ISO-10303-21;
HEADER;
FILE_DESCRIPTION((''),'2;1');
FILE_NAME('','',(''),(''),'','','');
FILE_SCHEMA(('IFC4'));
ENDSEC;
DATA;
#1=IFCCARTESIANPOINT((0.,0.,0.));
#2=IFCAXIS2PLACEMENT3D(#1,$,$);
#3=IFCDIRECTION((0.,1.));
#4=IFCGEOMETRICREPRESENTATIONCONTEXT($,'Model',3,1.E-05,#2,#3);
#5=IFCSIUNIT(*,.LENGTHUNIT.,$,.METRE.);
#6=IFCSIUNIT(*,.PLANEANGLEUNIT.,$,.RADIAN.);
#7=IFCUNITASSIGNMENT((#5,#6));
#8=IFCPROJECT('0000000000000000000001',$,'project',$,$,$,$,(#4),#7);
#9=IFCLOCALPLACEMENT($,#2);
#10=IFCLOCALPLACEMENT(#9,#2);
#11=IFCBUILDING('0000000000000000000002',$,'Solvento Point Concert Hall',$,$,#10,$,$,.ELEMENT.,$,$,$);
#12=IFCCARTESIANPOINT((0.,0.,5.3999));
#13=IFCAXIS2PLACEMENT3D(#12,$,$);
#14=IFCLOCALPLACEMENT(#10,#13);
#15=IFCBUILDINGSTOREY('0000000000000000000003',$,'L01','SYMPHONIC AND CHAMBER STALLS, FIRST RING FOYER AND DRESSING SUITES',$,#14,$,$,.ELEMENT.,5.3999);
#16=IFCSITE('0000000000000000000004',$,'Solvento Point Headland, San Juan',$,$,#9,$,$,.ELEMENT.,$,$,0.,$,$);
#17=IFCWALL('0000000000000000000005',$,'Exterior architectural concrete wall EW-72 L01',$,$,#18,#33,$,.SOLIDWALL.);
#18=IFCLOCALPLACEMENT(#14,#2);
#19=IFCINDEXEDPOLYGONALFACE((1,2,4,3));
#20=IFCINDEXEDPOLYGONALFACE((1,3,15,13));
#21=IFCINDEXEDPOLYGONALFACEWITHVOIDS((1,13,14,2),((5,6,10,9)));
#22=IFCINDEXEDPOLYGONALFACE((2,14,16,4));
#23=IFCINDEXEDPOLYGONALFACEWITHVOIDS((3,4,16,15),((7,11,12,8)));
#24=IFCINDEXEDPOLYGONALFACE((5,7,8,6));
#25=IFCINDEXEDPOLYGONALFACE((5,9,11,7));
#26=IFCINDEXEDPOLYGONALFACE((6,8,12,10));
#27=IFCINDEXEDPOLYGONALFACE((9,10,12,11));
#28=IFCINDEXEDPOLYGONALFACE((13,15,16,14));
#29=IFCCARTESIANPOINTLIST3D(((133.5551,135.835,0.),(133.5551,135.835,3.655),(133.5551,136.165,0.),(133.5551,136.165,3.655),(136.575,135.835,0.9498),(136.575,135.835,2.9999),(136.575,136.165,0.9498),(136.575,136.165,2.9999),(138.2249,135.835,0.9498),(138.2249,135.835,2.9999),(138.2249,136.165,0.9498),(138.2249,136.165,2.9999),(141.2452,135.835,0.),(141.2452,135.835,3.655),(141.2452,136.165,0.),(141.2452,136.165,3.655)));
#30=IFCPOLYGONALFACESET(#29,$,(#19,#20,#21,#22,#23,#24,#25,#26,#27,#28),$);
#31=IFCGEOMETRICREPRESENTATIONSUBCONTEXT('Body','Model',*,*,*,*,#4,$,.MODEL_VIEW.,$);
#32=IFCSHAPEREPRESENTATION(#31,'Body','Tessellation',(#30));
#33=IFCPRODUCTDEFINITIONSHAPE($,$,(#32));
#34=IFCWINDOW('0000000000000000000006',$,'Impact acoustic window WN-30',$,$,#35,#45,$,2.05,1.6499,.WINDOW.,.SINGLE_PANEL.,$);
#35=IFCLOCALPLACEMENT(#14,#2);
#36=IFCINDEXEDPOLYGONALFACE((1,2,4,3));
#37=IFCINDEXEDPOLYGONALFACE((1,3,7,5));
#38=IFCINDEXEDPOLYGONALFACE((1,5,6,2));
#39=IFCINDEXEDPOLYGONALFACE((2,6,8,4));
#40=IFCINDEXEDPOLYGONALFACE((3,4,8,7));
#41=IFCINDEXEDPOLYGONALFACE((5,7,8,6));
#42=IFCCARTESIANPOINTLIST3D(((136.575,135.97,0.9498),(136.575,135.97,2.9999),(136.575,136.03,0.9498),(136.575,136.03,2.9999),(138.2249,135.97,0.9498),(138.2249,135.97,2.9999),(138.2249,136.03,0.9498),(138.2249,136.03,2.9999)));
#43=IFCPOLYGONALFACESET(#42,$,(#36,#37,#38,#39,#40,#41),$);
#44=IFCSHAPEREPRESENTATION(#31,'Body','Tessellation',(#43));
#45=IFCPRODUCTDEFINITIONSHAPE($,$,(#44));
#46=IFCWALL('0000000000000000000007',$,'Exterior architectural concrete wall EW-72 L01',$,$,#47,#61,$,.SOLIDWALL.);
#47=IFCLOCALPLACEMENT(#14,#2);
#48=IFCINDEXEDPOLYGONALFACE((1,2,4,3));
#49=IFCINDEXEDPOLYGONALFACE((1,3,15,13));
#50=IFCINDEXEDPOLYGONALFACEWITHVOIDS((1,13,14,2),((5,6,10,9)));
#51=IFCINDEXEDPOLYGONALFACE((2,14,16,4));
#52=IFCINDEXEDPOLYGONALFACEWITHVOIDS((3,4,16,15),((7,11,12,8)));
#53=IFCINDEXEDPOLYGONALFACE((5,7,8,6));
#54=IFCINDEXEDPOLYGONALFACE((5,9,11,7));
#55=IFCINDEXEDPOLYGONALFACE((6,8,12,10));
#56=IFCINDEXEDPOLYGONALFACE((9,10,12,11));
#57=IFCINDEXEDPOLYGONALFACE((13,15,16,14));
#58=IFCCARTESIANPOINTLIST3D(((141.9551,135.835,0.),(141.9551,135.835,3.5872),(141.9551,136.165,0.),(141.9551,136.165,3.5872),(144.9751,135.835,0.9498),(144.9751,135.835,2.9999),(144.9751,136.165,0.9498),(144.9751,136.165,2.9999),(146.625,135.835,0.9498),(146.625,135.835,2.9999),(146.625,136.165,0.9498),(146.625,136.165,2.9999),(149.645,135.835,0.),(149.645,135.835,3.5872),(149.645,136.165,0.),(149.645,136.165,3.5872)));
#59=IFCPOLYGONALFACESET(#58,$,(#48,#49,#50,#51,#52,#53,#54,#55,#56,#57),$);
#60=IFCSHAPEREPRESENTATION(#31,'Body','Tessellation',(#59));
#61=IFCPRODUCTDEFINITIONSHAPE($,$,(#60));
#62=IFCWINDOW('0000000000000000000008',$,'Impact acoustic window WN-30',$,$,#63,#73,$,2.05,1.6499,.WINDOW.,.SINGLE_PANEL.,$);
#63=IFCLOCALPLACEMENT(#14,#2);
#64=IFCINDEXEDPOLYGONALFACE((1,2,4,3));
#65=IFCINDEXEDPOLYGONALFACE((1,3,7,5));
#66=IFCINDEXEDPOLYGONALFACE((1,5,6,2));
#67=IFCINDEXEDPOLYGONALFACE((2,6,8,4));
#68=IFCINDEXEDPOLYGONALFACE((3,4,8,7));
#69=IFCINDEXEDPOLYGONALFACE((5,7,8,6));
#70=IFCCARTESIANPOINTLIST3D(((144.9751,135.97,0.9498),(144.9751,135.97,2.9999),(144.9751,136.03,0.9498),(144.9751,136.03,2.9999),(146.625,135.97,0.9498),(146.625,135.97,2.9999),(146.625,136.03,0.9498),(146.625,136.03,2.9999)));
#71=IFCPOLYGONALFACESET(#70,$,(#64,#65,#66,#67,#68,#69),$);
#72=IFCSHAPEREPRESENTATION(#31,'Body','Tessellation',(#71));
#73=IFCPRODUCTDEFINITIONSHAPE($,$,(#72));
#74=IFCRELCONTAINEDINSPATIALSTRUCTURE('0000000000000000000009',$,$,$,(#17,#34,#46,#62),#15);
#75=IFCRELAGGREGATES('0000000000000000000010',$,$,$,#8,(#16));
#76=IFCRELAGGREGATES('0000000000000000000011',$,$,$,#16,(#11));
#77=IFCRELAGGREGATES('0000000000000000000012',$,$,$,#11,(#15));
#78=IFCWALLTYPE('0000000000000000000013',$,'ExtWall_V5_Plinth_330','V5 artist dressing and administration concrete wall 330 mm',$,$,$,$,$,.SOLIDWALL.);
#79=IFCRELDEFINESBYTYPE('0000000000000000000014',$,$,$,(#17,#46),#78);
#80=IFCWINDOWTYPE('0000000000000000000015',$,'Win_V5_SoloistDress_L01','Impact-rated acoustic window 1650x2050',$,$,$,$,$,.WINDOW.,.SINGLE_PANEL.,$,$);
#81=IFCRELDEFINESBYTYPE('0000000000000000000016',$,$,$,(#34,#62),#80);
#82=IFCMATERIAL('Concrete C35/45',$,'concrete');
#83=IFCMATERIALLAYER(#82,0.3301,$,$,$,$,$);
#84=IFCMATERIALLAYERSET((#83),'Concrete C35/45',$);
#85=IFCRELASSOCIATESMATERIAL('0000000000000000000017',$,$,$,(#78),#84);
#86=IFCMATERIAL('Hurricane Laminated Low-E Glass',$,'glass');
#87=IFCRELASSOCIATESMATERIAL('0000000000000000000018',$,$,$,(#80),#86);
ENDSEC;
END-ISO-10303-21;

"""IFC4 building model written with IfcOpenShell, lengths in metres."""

from ifc_helpers import new_model, si_unit, direction, frame, frame_2d, origin, place, context, subcontext, project, spatial, rectangle, extrude, material, layer, layer_set, type_object, element, fill, save


model = new_model("IFC4")

# Units and contexts
model_context = context("Model", 3, precision=1e-05, world=origin(), true_north=direction((0.0, 1.0)))
body_context = subcontext(model_context, "Body", "Model", "MODEL_VIEW")
ifc_project = project(units=[si_unit("LENGTHUNIT", "METRE"), si_unit("PLANEANGLEUNIT", "RADIAN")], contexts=[model_context])

# Site, building, storey
site_placement = place(None, origin())
site = spatial("IfcSite", under=ifc_project, at=site_placement, Name="Solvento Point Headland, San Juan", CompositionType="ELEMENT", RefElevation=0.0)
building_placement = place(site_placement, origin())
building = spatial("IfcBuilding", under=site, at=building_placement, Name="Solvento Point Concert Hall", CompositionType="ELEMENT")
storey_placement = place(building_placement, frame((0.0, 0.0, 5.3999)))
storey = spatial("IfcBuildingStorey", under=building, at=storey_placement, Name="L01", Description="SYMPHONIC AND CHAMBER STALLS, FIRST RING FOYER AND DRESSING SUITES", CompositionType="ELEMENT", Elevation=5.3999)

# Walls, openings, windows
ifc_material_1 = material(Name="Concrete C35/45", Category="concrete")
ifc_layer_1 = layer(ifc_material_1, 0.3301)
ifc_layer_set_1 = layer_set([ifc_layer_1], Name="Concrete C35/45")
wall_type_1 = type_object("IfcWallType", Name="ExtWall_V5_Plinth_330", Description="V5 artist dressing and administration concrete wall 330 mm", PredefinedType="SOLIDWALL", material=ifc_layer_set_1)
ifc_material_2 = material(Name="Hurricane Laminated Low-E Glass", Category="glass")
window_type = type_object("IfcWindowType", Name="Win_V5_SoloistDress_L01", Description="Impact-rated acoustic window 1650x2050", PartitioningType="SINGLE_PANEL", PredefinedType="WINDOW", material=ifc_material_2)
wall_1_placement = place(storey_placement, frame((133.5549, 136.0, 0.0), z_axis=(0.0, 0.0, 1.0), x_axis=(1.0, 0.0, 0.0)))
wall_1 = element("IfcWall", 1, at=wall_1_placement, inside=storey, type_object=wall_type_1, Name="Exterior architectural concrete wall EW-72 L01", PredefinedType="SOLIDWALL", context=body_context, shape_type="SweptSolid", body=[
    extrude(rectangle(XDim=7.6902, YDim=0.3301, at=frame_2d((3.8452, 0.0))), origin(), (0.0, 0.0, 1.0), 3.655),
])
opening_1_placement = place(wall_1_placement, frame((3.02, 0.0, 0.95)))
opening_1 = element("IfcOpeningElement", 2, at=opening_1_placement, cuts=wall_1, PredefinedType="OPENING", context=body_context, shape_type="SweptSolid", body=[
    extrude(rectangle(XDim=1.6499, YDim=2.05, at=frame_2d((0.825, 1.0249))), frame((0.0, 0.175, 0.0), z_axis=(0.0, -1.0, 0.0), x_axis=(1.0, 0.0, 0.0)), (0.0, 0.0, 1.0), 0.3501),
])
window_1_placement = place(opening_1_placement, origin())
window_1 = element("IfcWindow", 3, at=window_1_placement, inside=storey, type_object=window_type, Name="Impact acoustic window WN-30", OverallHeight=2.05, OverallWidth=1.6499, PartitioningType="SINGLE_PANEL", PredefinedType="WINDOW", context=body_context, shape_type="SweptSolid", body=[
    extrude(rectangle(XDim=1.6499, YDim=2.05, at=frame_2d((0.825, 1.0249))), frame((0.0, 0.03, 0.0), z_axis=(0.0, -1.0, 0.0), x_axis=(1.0, 0.0, 0.0)), (0.0, 0.0, 1.0), 0.0601),
])
fill(opening_1, window_1)
wall_2_placement = place(storey_placement, frame((141.9551, 136.0, 0.0), z_axis=(0.0, 0.0, 1.0), x_axis=(1.0, 0.0, 0.0)))
wall_2 = element("IfcWall", 4, at=wall_2_placement, inside=storey, type_object=wall_type_1, Name="Exterior architectural concrete wall EW-72 L01", PredefinedType="SOLIDWALL", context=body_context, shape_type="SweptSolid", body=[
    extrude(rectangle(XDim=7.6899, YDim=0.3301, at=frame_2d((3.845, 0.0))), origin(), (0.0, 0.0, 1.0), 3.5872),
])
opening_2_placement = place(wall_2_placement, frame((3.02, 0.0, 0.95)))
opening_2 = element("IfcOpeningElement", 5, at=opening_2_placement, cuts=wall_2, PredefinedType="OPENING", context=body_context, shape_type="SweptSolid", body=[
    extrude(rectangle(XDim=1.6499, YDim=2.05, at=frame_2d((0.825, 1.0249))), frame((0.0, 0.175, 0.0), z_axis=(0.0, -1.0, 0.0), x_axis=(1.0, 0.0, 0.0)), (0.0, 0.0, 1.0), 0.3501),
])
window_2_placement = place(opening_2_placement, origin())
window_2 = element("IfcWindow", 6, at=window_2_placement, inside=storey, type_object=window_type, Name="Impact acoustic window WN-30", OverallHeight=2.05, OverallWidth=1.6499, PartitioningType="SINGLE_PANEL", PredefinedType="WINDOW", context=body_context, shape_type="SweptSolid", body=[
    extrude(rectangle(XDim=1.6499, YDim=2.05, at=frame_2d((0.825, 1.0249))), frame((0.0, 0.03, 0.0), z_axis=(0.0, -1.0, 0.0), x_axis=(1.0, 0.0, 0.0)), (0.0, 0.0, 1.0), 0.0601),
])
fill(opening_2, window_2)

save(model, "model.ifc")
